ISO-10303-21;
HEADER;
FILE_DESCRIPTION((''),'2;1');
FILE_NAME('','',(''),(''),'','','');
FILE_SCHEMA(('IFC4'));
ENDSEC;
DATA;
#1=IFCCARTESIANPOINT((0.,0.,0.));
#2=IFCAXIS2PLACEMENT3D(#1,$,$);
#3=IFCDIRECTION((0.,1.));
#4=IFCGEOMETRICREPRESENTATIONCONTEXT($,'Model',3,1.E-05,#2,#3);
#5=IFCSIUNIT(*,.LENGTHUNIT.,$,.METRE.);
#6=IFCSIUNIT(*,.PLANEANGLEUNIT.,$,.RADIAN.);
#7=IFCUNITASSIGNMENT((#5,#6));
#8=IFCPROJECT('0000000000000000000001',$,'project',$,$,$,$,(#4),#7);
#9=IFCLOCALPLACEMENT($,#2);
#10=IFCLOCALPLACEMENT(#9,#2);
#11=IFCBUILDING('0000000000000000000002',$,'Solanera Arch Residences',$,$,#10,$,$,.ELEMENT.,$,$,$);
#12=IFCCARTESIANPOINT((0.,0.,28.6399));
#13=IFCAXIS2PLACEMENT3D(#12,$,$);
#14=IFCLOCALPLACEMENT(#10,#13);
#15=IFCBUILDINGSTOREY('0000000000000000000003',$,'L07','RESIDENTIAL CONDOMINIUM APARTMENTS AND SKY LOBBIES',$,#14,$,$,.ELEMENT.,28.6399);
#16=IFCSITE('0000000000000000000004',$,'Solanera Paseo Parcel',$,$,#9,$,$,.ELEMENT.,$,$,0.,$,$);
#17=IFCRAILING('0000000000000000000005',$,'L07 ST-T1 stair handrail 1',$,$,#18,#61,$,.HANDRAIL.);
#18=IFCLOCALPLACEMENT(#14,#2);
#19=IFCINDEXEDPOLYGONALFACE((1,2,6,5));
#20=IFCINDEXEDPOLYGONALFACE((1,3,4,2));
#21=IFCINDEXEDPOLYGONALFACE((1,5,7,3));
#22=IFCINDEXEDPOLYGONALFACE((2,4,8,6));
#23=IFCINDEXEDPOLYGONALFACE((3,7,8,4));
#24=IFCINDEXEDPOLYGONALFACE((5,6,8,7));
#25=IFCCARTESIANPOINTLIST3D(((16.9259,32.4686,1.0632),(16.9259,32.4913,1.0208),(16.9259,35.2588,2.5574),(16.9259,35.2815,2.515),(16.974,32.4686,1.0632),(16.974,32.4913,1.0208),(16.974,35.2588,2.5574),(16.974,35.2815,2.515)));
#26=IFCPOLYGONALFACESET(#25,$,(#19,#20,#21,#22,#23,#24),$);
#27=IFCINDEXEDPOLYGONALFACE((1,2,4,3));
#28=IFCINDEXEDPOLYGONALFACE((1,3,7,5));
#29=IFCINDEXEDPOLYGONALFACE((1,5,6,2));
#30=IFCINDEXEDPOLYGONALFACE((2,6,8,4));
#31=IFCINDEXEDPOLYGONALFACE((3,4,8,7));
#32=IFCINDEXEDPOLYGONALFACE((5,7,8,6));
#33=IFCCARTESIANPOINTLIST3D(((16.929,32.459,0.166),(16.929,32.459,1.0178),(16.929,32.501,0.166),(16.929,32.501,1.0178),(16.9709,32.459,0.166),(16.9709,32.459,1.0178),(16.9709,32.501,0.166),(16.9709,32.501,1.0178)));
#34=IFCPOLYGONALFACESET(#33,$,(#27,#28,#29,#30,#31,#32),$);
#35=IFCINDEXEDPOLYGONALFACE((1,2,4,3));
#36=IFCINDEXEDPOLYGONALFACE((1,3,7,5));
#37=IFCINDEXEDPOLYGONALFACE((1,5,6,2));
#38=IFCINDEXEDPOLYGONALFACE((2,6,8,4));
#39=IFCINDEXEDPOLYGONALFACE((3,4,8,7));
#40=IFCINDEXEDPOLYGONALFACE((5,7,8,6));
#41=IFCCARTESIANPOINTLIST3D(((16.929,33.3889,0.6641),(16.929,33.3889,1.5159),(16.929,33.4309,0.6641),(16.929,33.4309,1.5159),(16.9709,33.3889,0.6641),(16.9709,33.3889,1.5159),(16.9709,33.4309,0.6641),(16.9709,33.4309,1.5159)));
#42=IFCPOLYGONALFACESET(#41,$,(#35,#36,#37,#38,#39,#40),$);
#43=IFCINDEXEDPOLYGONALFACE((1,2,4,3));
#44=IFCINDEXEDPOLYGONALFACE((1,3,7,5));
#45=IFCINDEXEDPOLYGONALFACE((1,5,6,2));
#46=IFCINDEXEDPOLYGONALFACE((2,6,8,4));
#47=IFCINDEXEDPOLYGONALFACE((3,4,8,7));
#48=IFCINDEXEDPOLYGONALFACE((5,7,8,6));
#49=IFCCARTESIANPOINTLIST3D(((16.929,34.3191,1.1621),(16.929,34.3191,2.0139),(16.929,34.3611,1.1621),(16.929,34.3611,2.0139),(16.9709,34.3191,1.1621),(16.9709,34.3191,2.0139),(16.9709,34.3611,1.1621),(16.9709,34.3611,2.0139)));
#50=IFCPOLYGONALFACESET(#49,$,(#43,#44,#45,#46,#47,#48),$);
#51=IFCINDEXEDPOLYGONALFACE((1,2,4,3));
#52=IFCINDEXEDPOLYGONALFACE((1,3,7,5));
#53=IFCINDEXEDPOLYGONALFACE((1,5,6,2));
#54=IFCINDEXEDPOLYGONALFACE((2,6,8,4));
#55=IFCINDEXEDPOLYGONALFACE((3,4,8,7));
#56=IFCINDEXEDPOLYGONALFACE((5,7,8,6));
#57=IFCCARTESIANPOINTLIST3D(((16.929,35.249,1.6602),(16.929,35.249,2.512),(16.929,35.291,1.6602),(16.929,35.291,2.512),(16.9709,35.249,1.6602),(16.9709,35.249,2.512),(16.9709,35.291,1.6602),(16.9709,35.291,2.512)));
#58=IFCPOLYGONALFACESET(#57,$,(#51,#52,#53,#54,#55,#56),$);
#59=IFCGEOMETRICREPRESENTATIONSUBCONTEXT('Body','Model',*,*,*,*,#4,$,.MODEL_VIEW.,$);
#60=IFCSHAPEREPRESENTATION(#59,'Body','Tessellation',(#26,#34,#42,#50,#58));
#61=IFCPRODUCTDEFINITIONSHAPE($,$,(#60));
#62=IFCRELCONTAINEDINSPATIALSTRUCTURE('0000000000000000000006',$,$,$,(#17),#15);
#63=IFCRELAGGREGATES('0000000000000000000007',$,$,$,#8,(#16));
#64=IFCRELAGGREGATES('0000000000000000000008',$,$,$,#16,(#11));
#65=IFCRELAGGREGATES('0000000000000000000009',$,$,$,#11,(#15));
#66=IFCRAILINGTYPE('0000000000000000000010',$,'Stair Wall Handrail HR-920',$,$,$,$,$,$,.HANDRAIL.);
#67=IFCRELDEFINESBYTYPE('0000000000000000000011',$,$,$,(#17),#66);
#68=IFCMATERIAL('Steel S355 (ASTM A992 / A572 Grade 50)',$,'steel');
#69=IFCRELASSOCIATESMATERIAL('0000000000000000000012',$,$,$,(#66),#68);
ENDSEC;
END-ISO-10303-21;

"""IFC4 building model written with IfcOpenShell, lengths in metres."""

from ifc_helpers import new_model, si_unit, direction, frame, origin, origin_2d, place, context, subcontext, project, spatial, rectangle, extrude, material, type_object, element, save


model = new_model("IFC4")

# Units and contexts
model_context = context("Model", 3, precision=1e-05, world=origin(), true_north=direction((0.0, 1.0)))
body_context = subcontext(model_context, "Body", "Model", "MODEL_VIEW")
ifc_project = project(units=[si_unit("LENGTHUNIT", "METRE"), si_unit("PLANEANGLEUNIT", "RADIAN")], contexts=[model_context])

# Site, building, storey
site_placement = place(None, origin())
site = spatial("IfcSite", under=ifc_project, at=site_placement, Name="Solanera Paseo Parcel", CompositionType="ELEMENT", RefElevation=0.0)
building_placement = place(site_placement, origin())
building = spatial("IfcBuilding", under=site, at=building_placement, Name="Solanera Arch Residences", CompositionType="ELEMENT")
storey_placement = place(building_placement, frame((0.0, 0.0, 28.6399)))
storey = spatial("IfcBuildingStorey", under=building, at=storey_placement, Name="L07", Description="RESIDENTIAL CONDOMINIUM APARTMENTS AND SKY LOBBIES", CompositionType="ELEMENT", Elevation=28.6399)

# Railing
ifc_material_1 = material(Name="Steel S355 (ASTM A992 / A572 Grade 50)", Category="steel")
railing_type_1 = type_object("IfcRailingType", Name="Stair Wall Handrail HR-920", PredefinedType="HANDRAIL", material=ifc_material_1)
railing_1_placement = place(storey_placement, frame((16.95, 32.48, 0.166)))
element("IfcRailing", 1, at=railing_1_placement, inside=storey, type_object=railing_type_1, Name="L07 ST-T1 stair handrail 1", PredefinedType="HANDRAIL", context=body_context, shape_type="SweptSolid", body=[
    extrude(rectangle(XDim=0.0481, YDim=0.0481, at=origin_2d()), frame((0.0, 0.0, 0.876), z_axis=(0.0, 0.881549, 0.472093), x_axis=(-1.0, 0.0, 0.0)), (0.0, 0.0, 1.0), 3.165),
    extrude(rectangle(XDim=0.042, YDim=0.042, at=origin_2d()), origin(), (0.0, 0.0, 1.0), 0.8518),
    extrude(rectangle(XDim=0.042, YDim=0.042, at=origin_2d()), frame((0.0, 0.9299, 0.498)), (0.0, 0.0, 1.0), 0.8518),
    extrude(rectangle(XDim=0.042, YDim=0.042, at=origin_2d()), frame((0.0, 1.8601, 0.9961)), (0.0, 0.0, 1.0), 0.8518),
    extrude(rectangle(XDim=0.042, YDim=0.042, at=origin_2d()), frame((0.0, 2.79, 1.4941)), (0.0, 0.0, 1.0), 0.8518),
])

save(model, "model.ifc")
